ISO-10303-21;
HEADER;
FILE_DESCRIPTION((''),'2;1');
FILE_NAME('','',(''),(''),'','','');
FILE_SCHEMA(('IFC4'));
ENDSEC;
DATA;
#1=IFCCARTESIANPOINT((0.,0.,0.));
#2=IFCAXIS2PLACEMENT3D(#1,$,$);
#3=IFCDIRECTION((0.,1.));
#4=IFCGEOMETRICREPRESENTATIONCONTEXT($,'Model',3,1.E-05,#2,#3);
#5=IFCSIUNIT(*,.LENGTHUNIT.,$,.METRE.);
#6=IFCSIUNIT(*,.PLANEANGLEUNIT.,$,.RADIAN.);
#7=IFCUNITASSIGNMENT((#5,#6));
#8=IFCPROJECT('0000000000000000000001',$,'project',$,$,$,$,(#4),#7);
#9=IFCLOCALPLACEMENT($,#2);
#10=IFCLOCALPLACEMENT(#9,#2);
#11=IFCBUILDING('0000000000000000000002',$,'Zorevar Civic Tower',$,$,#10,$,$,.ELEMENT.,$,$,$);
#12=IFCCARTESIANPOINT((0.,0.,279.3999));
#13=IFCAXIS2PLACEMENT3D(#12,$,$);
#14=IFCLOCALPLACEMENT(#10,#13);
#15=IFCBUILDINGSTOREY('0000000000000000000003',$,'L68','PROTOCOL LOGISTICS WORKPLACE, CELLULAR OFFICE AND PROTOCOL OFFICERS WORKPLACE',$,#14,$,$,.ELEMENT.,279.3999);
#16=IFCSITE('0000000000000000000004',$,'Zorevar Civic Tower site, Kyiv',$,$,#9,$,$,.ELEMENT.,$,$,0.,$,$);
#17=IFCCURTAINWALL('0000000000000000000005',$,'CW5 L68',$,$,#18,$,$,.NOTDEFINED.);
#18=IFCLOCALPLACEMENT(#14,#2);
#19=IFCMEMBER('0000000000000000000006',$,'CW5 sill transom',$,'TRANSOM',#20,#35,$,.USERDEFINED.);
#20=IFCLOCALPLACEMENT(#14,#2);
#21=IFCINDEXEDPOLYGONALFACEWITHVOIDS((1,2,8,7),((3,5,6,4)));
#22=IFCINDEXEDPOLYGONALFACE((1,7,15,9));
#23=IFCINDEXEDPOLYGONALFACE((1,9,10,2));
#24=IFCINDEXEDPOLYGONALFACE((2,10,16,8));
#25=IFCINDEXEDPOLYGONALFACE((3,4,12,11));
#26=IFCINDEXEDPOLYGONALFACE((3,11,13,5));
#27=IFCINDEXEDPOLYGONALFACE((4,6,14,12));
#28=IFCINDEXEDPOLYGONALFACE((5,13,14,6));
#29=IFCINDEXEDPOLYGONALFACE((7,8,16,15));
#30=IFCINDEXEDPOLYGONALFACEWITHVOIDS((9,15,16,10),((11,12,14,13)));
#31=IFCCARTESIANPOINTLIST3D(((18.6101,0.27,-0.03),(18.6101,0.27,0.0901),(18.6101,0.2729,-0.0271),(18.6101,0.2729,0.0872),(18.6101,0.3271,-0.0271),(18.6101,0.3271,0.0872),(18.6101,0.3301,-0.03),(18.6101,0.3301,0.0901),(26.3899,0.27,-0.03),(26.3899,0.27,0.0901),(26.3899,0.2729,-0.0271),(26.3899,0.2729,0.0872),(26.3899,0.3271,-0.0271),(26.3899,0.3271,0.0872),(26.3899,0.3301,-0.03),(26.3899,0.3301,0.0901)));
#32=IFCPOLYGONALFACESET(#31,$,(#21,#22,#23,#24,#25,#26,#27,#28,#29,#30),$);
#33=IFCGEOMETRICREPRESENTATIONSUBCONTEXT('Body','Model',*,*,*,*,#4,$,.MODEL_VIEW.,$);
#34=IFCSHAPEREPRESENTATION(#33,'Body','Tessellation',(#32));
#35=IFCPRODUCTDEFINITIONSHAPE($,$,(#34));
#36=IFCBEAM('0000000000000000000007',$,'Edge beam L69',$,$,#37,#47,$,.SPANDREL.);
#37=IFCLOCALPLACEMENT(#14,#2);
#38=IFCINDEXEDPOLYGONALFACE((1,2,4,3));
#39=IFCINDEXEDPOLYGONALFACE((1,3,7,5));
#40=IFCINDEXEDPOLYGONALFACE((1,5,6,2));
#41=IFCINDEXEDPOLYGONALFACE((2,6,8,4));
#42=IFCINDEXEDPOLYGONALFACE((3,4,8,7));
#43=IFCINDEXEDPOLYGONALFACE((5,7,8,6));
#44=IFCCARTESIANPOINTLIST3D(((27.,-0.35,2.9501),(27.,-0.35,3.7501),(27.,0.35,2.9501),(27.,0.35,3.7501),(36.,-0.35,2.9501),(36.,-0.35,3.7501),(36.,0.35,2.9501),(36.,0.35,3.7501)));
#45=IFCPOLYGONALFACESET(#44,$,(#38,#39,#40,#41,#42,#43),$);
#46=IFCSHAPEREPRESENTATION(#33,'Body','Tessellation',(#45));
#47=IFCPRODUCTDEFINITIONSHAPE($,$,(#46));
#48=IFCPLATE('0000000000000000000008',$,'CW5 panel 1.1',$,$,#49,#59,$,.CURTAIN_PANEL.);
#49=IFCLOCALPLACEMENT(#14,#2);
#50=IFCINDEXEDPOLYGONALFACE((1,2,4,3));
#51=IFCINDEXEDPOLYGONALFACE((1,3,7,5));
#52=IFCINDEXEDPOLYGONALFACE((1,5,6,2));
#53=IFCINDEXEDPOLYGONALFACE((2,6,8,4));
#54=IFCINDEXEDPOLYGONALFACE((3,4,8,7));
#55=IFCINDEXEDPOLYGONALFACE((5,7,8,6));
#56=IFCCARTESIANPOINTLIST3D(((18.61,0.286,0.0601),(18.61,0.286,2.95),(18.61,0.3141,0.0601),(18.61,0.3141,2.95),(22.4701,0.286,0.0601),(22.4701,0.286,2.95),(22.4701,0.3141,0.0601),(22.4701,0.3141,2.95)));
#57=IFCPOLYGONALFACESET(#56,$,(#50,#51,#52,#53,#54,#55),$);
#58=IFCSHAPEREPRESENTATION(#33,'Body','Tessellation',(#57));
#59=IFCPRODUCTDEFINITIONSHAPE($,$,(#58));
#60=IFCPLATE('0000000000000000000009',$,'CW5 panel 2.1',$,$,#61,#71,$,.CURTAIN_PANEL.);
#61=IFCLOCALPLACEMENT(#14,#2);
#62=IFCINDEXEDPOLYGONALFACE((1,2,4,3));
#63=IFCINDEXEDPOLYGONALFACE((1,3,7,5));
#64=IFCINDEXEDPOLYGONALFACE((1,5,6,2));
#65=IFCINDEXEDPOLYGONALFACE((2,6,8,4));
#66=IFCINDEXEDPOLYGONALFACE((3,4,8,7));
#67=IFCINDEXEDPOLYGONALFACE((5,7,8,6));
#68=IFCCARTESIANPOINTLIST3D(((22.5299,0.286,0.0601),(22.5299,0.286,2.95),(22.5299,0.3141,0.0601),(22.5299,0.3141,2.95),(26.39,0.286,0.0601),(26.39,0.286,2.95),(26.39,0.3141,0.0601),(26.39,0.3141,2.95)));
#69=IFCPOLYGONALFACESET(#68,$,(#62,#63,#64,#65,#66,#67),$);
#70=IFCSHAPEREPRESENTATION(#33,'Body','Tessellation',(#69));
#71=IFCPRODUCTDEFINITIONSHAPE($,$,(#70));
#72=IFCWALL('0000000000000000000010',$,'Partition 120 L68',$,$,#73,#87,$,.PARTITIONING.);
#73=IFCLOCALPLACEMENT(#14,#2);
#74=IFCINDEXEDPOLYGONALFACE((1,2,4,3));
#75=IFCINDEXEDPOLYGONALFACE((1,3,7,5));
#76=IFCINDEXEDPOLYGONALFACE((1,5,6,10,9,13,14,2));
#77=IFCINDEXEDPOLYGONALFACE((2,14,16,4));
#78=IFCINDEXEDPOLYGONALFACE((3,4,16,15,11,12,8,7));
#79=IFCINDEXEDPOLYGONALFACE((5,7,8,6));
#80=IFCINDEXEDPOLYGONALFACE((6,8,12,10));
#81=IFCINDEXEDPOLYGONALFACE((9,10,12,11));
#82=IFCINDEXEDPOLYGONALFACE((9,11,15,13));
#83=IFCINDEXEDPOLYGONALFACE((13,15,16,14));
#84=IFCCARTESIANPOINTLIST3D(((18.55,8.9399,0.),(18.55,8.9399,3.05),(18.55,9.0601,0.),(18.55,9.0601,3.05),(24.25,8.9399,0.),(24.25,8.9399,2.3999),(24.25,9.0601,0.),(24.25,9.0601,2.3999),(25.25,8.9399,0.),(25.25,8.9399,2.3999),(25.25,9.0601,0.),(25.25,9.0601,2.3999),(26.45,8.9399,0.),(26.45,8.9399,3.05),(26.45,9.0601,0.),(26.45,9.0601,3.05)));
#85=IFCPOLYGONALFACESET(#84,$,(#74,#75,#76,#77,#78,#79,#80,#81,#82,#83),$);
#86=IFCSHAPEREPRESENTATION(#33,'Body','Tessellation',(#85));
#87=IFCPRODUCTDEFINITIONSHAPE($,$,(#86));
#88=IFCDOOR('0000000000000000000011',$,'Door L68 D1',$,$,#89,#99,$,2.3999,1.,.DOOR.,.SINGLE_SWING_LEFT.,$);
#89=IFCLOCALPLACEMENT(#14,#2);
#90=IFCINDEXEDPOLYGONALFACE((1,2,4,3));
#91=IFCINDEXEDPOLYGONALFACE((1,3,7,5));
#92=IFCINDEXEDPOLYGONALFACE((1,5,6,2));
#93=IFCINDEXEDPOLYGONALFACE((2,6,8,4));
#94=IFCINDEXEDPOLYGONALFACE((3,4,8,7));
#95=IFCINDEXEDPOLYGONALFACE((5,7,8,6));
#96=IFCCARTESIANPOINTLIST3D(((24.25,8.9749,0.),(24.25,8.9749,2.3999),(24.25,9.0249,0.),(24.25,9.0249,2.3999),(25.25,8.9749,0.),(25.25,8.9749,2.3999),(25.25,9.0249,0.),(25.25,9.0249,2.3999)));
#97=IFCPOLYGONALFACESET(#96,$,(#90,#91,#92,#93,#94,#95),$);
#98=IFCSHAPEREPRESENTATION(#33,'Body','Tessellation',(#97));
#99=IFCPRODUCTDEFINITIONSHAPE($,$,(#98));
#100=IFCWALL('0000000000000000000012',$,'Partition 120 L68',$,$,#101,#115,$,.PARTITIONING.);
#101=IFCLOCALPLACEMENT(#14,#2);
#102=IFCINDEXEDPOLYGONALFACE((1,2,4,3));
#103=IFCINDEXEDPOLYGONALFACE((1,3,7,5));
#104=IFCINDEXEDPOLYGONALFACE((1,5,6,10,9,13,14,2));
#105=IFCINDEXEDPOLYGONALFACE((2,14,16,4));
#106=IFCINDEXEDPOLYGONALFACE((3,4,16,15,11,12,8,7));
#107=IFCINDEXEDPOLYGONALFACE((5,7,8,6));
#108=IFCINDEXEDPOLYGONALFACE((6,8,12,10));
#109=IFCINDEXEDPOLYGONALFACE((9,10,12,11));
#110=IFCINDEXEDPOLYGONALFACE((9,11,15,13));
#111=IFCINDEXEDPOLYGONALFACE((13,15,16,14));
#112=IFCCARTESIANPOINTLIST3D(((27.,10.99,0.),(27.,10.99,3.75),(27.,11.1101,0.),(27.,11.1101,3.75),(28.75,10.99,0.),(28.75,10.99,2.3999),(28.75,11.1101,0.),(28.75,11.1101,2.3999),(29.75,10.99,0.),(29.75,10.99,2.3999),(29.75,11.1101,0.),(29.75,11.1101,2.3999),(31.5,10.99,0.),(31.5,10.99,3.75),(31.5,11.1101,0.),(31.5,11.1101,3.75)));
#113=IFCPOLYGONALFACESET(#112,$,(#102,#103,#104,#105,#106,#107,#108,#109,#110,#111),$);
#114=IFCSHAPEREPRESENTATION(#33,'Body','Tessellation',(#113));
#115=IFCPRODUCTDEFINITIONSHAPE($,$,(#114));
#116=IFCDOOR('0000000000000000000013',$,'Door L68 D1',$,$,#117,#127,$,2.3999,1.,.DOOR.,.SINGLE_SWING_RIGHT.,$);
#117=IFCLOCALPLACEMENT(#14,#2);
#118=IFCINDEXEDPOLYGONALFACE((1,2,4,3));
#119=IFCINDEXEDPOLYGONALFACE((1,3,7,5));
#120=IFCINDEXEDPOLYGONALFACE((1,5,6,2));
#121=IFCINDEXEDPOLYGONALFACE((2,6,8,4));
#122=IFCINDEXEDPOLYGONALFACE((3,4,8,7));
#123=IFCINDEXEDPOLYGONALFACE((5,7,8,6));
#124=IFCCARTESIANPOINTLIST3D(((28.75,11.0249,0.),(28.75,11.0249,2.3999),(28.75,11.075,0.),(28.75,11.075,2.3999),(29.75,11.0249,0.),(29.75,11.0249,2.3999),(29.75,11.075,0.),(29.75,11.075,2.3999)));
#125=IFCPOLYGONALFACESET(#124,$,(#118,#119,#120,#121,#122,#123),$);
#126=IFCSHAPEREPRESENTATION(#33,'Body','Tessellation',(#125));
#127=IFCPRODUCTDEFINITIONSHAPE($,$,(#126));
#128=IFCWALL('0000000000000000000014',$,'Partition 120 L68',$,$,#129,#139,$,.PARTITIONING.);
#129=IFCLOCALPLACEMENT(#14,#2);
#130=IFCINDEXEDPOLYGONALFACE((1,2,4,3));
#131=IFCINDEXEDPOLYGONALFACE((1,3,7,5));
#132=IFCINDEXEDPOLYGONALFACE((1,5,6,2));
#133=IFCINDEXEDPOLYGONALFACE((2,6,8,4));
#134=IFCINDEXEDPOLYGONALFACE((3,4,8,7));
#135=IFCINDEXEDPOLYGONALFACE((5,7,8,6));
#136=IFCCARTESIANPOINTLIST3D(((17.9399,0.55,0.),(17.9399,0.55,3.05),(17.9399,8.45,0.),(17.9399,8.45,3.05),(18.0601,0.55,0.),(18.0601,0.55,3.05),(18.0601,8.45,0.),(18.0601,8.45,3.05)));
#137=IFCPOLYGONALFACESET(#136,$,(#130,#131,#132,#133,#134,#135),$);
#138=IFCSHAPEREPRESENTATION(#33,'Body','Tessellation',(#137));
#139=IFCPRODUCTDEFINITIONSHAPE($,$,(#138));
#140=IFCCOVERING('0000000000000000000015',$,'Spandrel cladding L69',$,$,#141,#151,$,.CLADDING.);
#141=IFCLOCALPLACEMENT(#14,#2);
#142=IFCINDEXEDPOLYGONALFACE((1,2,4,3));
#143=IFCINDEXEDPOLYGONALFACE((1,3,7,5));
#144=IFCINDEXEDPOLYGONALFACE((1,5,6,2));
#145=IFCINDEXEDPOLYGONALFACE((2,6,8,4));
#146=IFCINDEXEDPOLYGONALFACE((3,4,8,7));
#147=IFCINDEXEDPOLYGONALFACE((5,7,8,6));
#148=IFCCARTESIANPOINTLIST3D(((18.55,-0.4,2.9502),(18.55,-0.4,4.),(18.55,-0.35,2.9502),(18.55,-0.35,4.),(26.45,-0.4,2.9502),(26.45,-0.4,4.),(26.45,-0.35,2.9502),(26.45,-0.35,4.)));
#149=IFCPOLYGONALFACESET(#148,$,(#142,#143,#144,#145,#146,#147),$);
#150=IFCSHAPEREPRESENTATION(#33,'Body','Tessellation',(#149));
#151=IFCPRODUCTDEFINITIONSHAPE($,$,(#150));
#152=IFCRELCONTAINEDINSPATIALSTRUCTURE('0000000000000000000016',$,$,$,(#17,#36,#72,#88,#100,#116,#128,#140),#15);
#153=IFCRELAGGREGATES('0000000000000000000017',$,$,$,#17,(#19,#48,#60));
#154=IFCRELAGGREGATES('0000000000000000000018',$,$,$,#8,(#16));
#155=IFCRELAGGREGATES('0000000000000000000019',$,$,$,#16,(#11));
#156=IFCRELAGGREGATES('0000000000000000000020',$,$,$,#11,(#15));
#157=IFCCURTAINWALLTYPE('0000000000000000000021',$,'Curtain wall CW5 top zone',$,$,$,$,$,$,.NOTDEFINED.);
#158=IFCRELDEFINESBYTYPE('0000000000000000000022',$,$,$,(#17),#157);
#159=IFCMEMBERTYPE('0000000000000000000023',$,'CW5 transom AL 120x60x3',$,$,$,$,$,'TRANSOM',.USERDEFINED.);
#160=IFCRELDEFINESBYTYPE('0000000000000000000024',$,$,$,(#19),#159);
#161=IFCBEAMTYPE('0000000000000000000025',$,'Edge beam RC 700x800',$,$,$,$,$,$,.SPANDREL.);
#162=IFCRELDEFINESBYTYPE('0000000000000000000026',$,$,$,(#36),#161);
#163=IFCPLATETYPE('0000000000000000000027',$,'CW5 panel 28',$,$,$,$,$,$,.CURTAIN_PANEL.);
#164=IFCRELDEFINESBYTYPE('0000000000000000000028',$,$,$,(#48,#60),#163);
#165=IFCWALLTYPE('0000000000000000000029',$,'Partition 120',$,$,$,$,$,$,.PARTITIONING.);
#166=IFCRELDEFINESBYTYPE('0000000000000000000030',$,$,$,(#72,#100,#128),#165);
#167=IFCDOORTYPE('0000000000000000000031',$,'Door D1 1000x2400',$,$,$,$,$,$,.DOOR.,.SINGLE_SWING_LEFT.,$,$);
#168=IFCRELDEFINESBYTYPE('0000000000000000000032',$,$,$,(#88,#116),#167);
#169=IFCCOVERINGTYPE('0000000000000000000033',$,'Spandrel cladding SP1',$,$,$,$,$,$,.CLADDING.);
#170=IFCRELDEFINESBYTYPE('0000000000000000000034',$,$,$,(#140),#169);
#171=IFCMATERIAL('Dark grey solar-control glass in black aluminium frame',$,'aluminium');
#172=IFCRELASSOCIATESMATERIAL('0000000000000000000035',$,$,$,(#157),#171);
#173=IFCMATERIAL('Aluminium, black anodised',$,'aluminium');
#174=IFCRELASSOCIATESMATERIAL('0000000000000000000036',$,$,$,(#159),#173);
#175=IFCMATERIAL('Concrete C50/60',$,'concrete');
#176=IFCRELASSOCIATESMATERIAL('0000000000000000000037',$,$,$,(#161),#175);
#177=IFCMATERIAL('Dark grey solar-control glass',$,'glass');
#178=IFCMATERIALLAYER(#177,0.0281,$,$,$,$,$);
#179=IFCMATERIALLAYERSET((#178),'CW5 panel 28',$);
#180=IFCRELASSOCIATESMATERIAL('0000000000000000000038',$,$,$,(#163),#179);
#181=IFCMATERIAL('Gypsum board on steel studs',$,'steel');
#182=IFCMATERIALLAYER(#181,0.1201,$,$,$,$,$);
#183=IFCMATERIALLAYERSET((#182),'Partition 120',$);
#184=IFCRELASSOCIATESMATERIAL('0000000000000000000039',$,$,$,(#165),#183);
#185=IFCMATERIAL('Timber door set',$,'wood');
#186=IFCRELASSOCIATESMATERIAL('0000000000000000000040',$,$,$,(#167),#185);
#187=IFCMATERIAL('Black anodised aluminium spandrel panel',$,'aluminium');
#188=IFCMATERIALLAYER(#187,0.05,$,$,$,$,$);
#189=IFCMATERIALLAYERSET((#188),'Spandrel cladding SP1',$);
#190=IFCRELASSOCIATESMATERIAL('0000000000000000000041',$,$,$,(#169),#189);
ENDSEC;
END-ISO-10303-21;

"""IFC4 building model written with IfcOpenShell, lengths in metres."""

from ifc_helpers import new_model, si_unit, direction, frame, frame_2d, origin, origin_2d, place, context, subcontext, project, spatial, rectangle, hollow_rectangle, extrude, material, layer, layer_set, material_profile, profile_set, type_object, element, fill, aggregate, save


model = new_model("IFC4")

# Units and contexts
model_context = context("Model", 3, precision=1e-05, world=origin(), true_north=direction((0.0, 1.0)))
body_context = subcontext(model_context, "Body", "Model", "MODEL_VIEW")
ifc_project = project(units=[si_unit("LENGTHUNIT", "METRE"), si_unit("PLANEANGLEUNIT", "RADIAN")], contexts=[model_context])

# Site, building, storey
site_placement = place(None, origin())
site = spatial("IfcSite", under=ifc_project, at=site_placement, Name="Zorevar Civic Tower site, Kyiv", CompositionType="ELEMENT", RefElevation=0.0)
building_placement = place(site_placement, origin())
building = spatial("IfcBuilding", under=site, at=building_placement, Name="Zorevar Civic Tower", CompositionType="ELEMENT")
storey_placement = place(building_placement, frame((0.0, 0.0, 279.3999)))
storey = spatial("IfcBuildingStorey", under=building, at=storey_placement, Name="L68", Description="PROTOCOL LOGISTICS WORKPLACE, CELLULAR OFFICE AND PROTOCOL OFFICERS WORKPLACE", CompositionType="ELEMENT", Elevation=279.3999)

# Curtain wall, member
ifc_material_1 = material(Name="Dark grey solar-control glass in black aluminium frame", Category="aluminium")
curtain_wall_type = type_object("IfcCurtainWallType", Name="Curtain wall CW5 top zone", PredefinedType="NOTDEFINED", material=ifc_material_1)
curtain_wall_placement = place(storey_placement, origin())
curtain_wall = element("IfcCurtainWall", 1, at=curtain_wall_placement, inside=storey, type_object=curtain_wall_type, Name="CW5 L68", PredefinedType="NOTDEFINED")
ifc_material_2 = material(Name="Aluminium, black anodised", Category="aluminium")
ifc_material_profile_1 = material_profile(ifc_material_2, hollow_rectangle(XDim=0.0601, YDim=0.1201, WallThickness=0.0029, at=origin_2d()), Name="AL 120x60x3")
ifc_profile_set_1 = profile_set([ifc_material_profile_1], Name="Aluminium, black anodised")
member_type_1 = type_object("IfcMemberType", Name="CW5 transom AL 120x60x3", ElementType="TRANSOM", PredefinedType="USERDEFINED", material=ifc_profile_set_1)
member_1_placement = place(storey_placement, frame((18.6101, 0.3, 0.03), z_axis=(1.0, 0.0, 0.0), x_axis=(0.0, 1.0, 0.0)))
member_1 = element("IfcMember", 2, at=member_1_placement, type_object=member_type_1, Name="CW5 sill transom", ObjectType="TRANSOM", PredefinedType="USERDEFINED", context=body_context, shape_type="SweptSolid", body=[
    extrude(hollow_rectangle(XDim=0.0601, YDim=0.1201, WallThickness=0.0029, at=origin_2d()), origin(), (0.0, 0.0, 1.0), 7.7798),
])

# Beam
ifc_material_3 = material(Name="Concrete C50/60", Category="concrete")
ifc_material_profile_2 = material_profile(ifc_material_3, rectangle(XDim=0.7, YDim=0.8, at=origin_2d()), Name="RC 700x800")
ifc_profile_set_2 = profile_set([ifc_material_profile_2], Name="Concrete C50/60")
beam_type_1 = type_object("IfcBeamType", Name="Edge beam RC 700x800", PredefinedType="SPANDREL", material=ifc_profile_set_2)
beam_1_placement = place(storey_placement, frame((27.0, 0.0, 3.3501), z_axis=(1.0, 0.0, 0.0), x_axis=(0.0, 1.0, 0.0)))
element("IfcBeam", 3, at=beam_1_placement, inside=storey, type_object=beam_type_1, Name="Edge beam L69", PredefinedType="SPANDREL", context=body_context, shape_type="SweptSolid", body=[
    extrude(rectangle(XDim=0.7, YDim=0.8, at=origin_2d()), origin(), (0.0, 0.0, 1.0), 9.0),
])

# Plates
ifc_material_4 = material(Name="Dark grey solar-control glass", Category="glass")
ifc_layer_1 = layer(ifc_material_4, 0.0281)
ifc_layer_set_1 = layer_set([ifc_layer_1], Name="CW5 panel 28")
plate_type = type_object("IfcPlateType", Name="CW5 panel 28", PredefinedType="CURTAIN_PANEL", material=ifc_layer_set_1)
plate_1_placement = place(storey_placement, frame((20.54, 0.3, 0.0601), z_axis=(0.0, 0.0, 1.0), x_axis=(1.0, 0.0, 0.0)))
plate_1 = element("IfcPlate", 4, at=plate_1_placement, type_object=plate_type, Name="CW5 panel 1.1", PredefinedType="CURTAIN_PANEL", context=body_context, shape_type="SweptSolid", body=[
    extrude(rectangle(XDim=3.8601, YDim=0.0281, at=origin_2d()), origin(), (0.0, 0.0, 1.0), 2.8899),
])
plate_2_placement = place(storey_placement, frame((24.46, 0.3, 0.0601), z_axis=(0.0, 0.0, 1.0), x_axis=(1.0, 0.0, 0.0)))
plate_2 = element("IfcPlate", 5, at=plate_2_placement, type_object=plate_type, Name="CW5 panel 2.1", PredefinedType="CURTAIN_PANEL", context=body_context, shape_type="SweptSolid", body=[
    extrude(rectangle(XDim=3.8601, YDim=0.0281, at=origin_2d()), origin(), (0.0, 0.0, 1.0), 2.8899),
])
aggregate(curtain_wall, [member_1, plate_1, plate_2])

# Walls, openings, doors
ifc_material_5 = material(Name="Gypsum board on steel studs", Category="steel")
ifc_layer_2 = layer(ifc_material_5, 0.1201)
ifc_layer_set_2 = layer_set([ifc_layer_2], Name="Partition 120")
wall_type = type_object("IfcWallType", Name="Partition 120", PredefinedType="PARTITIONING", material=ifc_layer_set_2)
wall_1_placement = place(storey_placement, frame((18.55, 9.0, 0.0), z_axis=(0.0, 0.0, 1.0), x_axis=(1.0, 0.0, 0.0)))
wall_1 = element("IfcWall", 6, at=wall_1_placement, inside=storey, type_object=wall_type, Name="Partition 120 L68", PredefinedType="PARTITIONING", context=body_context, shape_type="SweptSolid", body=[
    extrude(rectangle(XDim=7.8999, YDim=0.1201, at=frame_2d((3.95, 0.0))), origin(), (0.0, 0.0, 1.0), 3.05),
])
opening_1_placement = place(wall_1_placement, frame((5.7, 0.0, 0.0)))
opening_1 = element("IfcOpeningElement", 7, at=opening_1_placement, cuts=wall_1, PredefinedType="OPENING", context=body_context, shape_type="SweptSolid", body=[
    extrude(rectangle(XDim=1.0, YDim=2.3999, at=frame_2d((0.5, 1.2))), frame((0.0, 0.0701, 0.0), z_axis=(0.0, -1.0, 0.0), x_axis=(1.0, 0.0, 0.0)), (0.0, 0.0, 1.0), 0.1401),
])
ifc_material_6 = material(Name="Timber door set", Category="wood")
door_type = type_object("IfcDoorType", Name="Door D1 1000x2400", OperationType="SINGLE_SWING_LEFT", PredefinedType="DOOR", material=ifc_material_6)
door_1_placement = place(opening_1_placement, origin())
door_1 = element("IfcDoor", 8, at=door_1_placement, inside=storey, type_object=door_type, Name="Door L68 D1", OperationType="SINGLE_SWING_LEFT", OverallHeight=2.3999, OverallWidth=1.0, PredefinedType="DOOR", context=body_context, shape_type="SweptSolid", body=[
    extrude(rectangle(XDim=1.0, YDim=2.3999, at=frame_2d((0.5, 1.2))), frame((0.0, 0.0249, 0.0), z_axis=(0.0, -1.0, 0.0), x_axis=(1.0, 0.0, 0.0)), (0.0, 0.0, 1.0), 0.05),
])
fill(opening_1, door_1)
wall_2_placement = place(storey_placement, frame((27.0, 11.05, 0.0), z_axis=(0.0, 0.0, 1.0), x_axis=(1.0, 0.0, 0.0)))
wall_2 = element("IfcWall", 9, at=wall_2_placement, inside=storey, type_object=wall_type, Name="Partition 120 L68", PredefinedType="PARTITIONING", context=body_context, shape_type="SweptSolid", body=[
    extrude(rectangle(XDim=4.5, YDim=0.1201, at=frame_2d((2.25, 0.0))), origin(), (0.0, 0.0, 1.0), 3.75),
])
opening_2_placement = place(wall_2_placement, frame((1.75, 0.0, 0.0)))
opening_2 = element("IfcOpeningElement", 10, at=opening_2_placement, cuts=wall_2, PredefinedType="OPENING", context=body_context, shape_type="SweptSolid", body=[
    extrude(rectangle(XDim=1.0, YDim=2.3999, at=frame_2d((0.5, 1.2))), frame((0.0, 0.0701, 0.0), z_axis=(0.0, -1.0, 0.0), x_axis=(1.0, 0.0, 0.0)), (0.0, 0.0, 1.0), 0.1401),
])
door_2_placement = place(opening_2_placement, origin())
door_2 = element("IfcDoor", 11, at=door_2_placement, inside=storey, type_object=door_type, Name="Door L68 D1", OperationType="SINGLE_SWING_RIGHT", OverallHeight=2.3999, OverallWidth=1.0, PredefinedType="DOOR", context=body_context, shape_type="SweptSolid", body=[
    extrude(rectangle(XDim=1.0, YDim=2.3999, at=frame_2d((0.5, 1.2))), frame((0.0, 0.0249, 0.0), z_axis=(0.0, -1.0, 0.0), x_axis=(1.0, 0.0, 0.0)), (0.0, 0.0, 1.0), 0.05),
])
fill(opening_2, door_2)

# Wall
wall_3_placement = place(storey_placement, frame((18.0, 0.55, 0.0), z_axis=(0.0, 0.0, 1.0), x_axis=(0.0, 1.0, 0.0)))
element("IfcWall", 12, at=wall_3_placement, inside=storey, type_object=wall_type, Name="Partition 120 L68", PredefinedType="PARTITIONING", context=body_context, shape_type="SweptSolid", body=[
    extrude(rectangle(XDim=7.8999, YDim=0.1201, at=frame_2d((3.95, 0.0))), origin(), (0.0, 0.0, 1.0), 3.05),
])

# Covering
ifc_material_7 = material(Name="Black anodised aluminium spandrel panel", Category="aluminium")
ifc_layer_3 = layer(ifc_material_7, 0.05)
ifc_layer_set_3 = layer_set([ifc_layer_3], Name="Spandrel cladding SP1")
covering_type = type_object("IfcCoveringType", Name="Spandrel cladding SP1", PredefinedType="CLADDING", material=ifc_layer_set_3)
covering_placement = place(storey_placement, frame((18.55, -0.375, 2.9502), z_axis=(0.0, 0.0, 1.0), x_axis=(1.0, 0.0, 0.0)))
element("IfcCovering", 13, at=covering_placement, inside=storey, type_object=covering_type, Name="Spandrel cladding L69", PredefinedType="CLADDING", context=body_context, shape_type="SweptSolid", body=[
    extrude(rectangle(XDim=7.8999, YDim=0.05, at=frame_2d((3.95, 0.0))), origin(), (0.0, 0.0, 1.0), 1.0498),
])

save(model, "model.ifc")
